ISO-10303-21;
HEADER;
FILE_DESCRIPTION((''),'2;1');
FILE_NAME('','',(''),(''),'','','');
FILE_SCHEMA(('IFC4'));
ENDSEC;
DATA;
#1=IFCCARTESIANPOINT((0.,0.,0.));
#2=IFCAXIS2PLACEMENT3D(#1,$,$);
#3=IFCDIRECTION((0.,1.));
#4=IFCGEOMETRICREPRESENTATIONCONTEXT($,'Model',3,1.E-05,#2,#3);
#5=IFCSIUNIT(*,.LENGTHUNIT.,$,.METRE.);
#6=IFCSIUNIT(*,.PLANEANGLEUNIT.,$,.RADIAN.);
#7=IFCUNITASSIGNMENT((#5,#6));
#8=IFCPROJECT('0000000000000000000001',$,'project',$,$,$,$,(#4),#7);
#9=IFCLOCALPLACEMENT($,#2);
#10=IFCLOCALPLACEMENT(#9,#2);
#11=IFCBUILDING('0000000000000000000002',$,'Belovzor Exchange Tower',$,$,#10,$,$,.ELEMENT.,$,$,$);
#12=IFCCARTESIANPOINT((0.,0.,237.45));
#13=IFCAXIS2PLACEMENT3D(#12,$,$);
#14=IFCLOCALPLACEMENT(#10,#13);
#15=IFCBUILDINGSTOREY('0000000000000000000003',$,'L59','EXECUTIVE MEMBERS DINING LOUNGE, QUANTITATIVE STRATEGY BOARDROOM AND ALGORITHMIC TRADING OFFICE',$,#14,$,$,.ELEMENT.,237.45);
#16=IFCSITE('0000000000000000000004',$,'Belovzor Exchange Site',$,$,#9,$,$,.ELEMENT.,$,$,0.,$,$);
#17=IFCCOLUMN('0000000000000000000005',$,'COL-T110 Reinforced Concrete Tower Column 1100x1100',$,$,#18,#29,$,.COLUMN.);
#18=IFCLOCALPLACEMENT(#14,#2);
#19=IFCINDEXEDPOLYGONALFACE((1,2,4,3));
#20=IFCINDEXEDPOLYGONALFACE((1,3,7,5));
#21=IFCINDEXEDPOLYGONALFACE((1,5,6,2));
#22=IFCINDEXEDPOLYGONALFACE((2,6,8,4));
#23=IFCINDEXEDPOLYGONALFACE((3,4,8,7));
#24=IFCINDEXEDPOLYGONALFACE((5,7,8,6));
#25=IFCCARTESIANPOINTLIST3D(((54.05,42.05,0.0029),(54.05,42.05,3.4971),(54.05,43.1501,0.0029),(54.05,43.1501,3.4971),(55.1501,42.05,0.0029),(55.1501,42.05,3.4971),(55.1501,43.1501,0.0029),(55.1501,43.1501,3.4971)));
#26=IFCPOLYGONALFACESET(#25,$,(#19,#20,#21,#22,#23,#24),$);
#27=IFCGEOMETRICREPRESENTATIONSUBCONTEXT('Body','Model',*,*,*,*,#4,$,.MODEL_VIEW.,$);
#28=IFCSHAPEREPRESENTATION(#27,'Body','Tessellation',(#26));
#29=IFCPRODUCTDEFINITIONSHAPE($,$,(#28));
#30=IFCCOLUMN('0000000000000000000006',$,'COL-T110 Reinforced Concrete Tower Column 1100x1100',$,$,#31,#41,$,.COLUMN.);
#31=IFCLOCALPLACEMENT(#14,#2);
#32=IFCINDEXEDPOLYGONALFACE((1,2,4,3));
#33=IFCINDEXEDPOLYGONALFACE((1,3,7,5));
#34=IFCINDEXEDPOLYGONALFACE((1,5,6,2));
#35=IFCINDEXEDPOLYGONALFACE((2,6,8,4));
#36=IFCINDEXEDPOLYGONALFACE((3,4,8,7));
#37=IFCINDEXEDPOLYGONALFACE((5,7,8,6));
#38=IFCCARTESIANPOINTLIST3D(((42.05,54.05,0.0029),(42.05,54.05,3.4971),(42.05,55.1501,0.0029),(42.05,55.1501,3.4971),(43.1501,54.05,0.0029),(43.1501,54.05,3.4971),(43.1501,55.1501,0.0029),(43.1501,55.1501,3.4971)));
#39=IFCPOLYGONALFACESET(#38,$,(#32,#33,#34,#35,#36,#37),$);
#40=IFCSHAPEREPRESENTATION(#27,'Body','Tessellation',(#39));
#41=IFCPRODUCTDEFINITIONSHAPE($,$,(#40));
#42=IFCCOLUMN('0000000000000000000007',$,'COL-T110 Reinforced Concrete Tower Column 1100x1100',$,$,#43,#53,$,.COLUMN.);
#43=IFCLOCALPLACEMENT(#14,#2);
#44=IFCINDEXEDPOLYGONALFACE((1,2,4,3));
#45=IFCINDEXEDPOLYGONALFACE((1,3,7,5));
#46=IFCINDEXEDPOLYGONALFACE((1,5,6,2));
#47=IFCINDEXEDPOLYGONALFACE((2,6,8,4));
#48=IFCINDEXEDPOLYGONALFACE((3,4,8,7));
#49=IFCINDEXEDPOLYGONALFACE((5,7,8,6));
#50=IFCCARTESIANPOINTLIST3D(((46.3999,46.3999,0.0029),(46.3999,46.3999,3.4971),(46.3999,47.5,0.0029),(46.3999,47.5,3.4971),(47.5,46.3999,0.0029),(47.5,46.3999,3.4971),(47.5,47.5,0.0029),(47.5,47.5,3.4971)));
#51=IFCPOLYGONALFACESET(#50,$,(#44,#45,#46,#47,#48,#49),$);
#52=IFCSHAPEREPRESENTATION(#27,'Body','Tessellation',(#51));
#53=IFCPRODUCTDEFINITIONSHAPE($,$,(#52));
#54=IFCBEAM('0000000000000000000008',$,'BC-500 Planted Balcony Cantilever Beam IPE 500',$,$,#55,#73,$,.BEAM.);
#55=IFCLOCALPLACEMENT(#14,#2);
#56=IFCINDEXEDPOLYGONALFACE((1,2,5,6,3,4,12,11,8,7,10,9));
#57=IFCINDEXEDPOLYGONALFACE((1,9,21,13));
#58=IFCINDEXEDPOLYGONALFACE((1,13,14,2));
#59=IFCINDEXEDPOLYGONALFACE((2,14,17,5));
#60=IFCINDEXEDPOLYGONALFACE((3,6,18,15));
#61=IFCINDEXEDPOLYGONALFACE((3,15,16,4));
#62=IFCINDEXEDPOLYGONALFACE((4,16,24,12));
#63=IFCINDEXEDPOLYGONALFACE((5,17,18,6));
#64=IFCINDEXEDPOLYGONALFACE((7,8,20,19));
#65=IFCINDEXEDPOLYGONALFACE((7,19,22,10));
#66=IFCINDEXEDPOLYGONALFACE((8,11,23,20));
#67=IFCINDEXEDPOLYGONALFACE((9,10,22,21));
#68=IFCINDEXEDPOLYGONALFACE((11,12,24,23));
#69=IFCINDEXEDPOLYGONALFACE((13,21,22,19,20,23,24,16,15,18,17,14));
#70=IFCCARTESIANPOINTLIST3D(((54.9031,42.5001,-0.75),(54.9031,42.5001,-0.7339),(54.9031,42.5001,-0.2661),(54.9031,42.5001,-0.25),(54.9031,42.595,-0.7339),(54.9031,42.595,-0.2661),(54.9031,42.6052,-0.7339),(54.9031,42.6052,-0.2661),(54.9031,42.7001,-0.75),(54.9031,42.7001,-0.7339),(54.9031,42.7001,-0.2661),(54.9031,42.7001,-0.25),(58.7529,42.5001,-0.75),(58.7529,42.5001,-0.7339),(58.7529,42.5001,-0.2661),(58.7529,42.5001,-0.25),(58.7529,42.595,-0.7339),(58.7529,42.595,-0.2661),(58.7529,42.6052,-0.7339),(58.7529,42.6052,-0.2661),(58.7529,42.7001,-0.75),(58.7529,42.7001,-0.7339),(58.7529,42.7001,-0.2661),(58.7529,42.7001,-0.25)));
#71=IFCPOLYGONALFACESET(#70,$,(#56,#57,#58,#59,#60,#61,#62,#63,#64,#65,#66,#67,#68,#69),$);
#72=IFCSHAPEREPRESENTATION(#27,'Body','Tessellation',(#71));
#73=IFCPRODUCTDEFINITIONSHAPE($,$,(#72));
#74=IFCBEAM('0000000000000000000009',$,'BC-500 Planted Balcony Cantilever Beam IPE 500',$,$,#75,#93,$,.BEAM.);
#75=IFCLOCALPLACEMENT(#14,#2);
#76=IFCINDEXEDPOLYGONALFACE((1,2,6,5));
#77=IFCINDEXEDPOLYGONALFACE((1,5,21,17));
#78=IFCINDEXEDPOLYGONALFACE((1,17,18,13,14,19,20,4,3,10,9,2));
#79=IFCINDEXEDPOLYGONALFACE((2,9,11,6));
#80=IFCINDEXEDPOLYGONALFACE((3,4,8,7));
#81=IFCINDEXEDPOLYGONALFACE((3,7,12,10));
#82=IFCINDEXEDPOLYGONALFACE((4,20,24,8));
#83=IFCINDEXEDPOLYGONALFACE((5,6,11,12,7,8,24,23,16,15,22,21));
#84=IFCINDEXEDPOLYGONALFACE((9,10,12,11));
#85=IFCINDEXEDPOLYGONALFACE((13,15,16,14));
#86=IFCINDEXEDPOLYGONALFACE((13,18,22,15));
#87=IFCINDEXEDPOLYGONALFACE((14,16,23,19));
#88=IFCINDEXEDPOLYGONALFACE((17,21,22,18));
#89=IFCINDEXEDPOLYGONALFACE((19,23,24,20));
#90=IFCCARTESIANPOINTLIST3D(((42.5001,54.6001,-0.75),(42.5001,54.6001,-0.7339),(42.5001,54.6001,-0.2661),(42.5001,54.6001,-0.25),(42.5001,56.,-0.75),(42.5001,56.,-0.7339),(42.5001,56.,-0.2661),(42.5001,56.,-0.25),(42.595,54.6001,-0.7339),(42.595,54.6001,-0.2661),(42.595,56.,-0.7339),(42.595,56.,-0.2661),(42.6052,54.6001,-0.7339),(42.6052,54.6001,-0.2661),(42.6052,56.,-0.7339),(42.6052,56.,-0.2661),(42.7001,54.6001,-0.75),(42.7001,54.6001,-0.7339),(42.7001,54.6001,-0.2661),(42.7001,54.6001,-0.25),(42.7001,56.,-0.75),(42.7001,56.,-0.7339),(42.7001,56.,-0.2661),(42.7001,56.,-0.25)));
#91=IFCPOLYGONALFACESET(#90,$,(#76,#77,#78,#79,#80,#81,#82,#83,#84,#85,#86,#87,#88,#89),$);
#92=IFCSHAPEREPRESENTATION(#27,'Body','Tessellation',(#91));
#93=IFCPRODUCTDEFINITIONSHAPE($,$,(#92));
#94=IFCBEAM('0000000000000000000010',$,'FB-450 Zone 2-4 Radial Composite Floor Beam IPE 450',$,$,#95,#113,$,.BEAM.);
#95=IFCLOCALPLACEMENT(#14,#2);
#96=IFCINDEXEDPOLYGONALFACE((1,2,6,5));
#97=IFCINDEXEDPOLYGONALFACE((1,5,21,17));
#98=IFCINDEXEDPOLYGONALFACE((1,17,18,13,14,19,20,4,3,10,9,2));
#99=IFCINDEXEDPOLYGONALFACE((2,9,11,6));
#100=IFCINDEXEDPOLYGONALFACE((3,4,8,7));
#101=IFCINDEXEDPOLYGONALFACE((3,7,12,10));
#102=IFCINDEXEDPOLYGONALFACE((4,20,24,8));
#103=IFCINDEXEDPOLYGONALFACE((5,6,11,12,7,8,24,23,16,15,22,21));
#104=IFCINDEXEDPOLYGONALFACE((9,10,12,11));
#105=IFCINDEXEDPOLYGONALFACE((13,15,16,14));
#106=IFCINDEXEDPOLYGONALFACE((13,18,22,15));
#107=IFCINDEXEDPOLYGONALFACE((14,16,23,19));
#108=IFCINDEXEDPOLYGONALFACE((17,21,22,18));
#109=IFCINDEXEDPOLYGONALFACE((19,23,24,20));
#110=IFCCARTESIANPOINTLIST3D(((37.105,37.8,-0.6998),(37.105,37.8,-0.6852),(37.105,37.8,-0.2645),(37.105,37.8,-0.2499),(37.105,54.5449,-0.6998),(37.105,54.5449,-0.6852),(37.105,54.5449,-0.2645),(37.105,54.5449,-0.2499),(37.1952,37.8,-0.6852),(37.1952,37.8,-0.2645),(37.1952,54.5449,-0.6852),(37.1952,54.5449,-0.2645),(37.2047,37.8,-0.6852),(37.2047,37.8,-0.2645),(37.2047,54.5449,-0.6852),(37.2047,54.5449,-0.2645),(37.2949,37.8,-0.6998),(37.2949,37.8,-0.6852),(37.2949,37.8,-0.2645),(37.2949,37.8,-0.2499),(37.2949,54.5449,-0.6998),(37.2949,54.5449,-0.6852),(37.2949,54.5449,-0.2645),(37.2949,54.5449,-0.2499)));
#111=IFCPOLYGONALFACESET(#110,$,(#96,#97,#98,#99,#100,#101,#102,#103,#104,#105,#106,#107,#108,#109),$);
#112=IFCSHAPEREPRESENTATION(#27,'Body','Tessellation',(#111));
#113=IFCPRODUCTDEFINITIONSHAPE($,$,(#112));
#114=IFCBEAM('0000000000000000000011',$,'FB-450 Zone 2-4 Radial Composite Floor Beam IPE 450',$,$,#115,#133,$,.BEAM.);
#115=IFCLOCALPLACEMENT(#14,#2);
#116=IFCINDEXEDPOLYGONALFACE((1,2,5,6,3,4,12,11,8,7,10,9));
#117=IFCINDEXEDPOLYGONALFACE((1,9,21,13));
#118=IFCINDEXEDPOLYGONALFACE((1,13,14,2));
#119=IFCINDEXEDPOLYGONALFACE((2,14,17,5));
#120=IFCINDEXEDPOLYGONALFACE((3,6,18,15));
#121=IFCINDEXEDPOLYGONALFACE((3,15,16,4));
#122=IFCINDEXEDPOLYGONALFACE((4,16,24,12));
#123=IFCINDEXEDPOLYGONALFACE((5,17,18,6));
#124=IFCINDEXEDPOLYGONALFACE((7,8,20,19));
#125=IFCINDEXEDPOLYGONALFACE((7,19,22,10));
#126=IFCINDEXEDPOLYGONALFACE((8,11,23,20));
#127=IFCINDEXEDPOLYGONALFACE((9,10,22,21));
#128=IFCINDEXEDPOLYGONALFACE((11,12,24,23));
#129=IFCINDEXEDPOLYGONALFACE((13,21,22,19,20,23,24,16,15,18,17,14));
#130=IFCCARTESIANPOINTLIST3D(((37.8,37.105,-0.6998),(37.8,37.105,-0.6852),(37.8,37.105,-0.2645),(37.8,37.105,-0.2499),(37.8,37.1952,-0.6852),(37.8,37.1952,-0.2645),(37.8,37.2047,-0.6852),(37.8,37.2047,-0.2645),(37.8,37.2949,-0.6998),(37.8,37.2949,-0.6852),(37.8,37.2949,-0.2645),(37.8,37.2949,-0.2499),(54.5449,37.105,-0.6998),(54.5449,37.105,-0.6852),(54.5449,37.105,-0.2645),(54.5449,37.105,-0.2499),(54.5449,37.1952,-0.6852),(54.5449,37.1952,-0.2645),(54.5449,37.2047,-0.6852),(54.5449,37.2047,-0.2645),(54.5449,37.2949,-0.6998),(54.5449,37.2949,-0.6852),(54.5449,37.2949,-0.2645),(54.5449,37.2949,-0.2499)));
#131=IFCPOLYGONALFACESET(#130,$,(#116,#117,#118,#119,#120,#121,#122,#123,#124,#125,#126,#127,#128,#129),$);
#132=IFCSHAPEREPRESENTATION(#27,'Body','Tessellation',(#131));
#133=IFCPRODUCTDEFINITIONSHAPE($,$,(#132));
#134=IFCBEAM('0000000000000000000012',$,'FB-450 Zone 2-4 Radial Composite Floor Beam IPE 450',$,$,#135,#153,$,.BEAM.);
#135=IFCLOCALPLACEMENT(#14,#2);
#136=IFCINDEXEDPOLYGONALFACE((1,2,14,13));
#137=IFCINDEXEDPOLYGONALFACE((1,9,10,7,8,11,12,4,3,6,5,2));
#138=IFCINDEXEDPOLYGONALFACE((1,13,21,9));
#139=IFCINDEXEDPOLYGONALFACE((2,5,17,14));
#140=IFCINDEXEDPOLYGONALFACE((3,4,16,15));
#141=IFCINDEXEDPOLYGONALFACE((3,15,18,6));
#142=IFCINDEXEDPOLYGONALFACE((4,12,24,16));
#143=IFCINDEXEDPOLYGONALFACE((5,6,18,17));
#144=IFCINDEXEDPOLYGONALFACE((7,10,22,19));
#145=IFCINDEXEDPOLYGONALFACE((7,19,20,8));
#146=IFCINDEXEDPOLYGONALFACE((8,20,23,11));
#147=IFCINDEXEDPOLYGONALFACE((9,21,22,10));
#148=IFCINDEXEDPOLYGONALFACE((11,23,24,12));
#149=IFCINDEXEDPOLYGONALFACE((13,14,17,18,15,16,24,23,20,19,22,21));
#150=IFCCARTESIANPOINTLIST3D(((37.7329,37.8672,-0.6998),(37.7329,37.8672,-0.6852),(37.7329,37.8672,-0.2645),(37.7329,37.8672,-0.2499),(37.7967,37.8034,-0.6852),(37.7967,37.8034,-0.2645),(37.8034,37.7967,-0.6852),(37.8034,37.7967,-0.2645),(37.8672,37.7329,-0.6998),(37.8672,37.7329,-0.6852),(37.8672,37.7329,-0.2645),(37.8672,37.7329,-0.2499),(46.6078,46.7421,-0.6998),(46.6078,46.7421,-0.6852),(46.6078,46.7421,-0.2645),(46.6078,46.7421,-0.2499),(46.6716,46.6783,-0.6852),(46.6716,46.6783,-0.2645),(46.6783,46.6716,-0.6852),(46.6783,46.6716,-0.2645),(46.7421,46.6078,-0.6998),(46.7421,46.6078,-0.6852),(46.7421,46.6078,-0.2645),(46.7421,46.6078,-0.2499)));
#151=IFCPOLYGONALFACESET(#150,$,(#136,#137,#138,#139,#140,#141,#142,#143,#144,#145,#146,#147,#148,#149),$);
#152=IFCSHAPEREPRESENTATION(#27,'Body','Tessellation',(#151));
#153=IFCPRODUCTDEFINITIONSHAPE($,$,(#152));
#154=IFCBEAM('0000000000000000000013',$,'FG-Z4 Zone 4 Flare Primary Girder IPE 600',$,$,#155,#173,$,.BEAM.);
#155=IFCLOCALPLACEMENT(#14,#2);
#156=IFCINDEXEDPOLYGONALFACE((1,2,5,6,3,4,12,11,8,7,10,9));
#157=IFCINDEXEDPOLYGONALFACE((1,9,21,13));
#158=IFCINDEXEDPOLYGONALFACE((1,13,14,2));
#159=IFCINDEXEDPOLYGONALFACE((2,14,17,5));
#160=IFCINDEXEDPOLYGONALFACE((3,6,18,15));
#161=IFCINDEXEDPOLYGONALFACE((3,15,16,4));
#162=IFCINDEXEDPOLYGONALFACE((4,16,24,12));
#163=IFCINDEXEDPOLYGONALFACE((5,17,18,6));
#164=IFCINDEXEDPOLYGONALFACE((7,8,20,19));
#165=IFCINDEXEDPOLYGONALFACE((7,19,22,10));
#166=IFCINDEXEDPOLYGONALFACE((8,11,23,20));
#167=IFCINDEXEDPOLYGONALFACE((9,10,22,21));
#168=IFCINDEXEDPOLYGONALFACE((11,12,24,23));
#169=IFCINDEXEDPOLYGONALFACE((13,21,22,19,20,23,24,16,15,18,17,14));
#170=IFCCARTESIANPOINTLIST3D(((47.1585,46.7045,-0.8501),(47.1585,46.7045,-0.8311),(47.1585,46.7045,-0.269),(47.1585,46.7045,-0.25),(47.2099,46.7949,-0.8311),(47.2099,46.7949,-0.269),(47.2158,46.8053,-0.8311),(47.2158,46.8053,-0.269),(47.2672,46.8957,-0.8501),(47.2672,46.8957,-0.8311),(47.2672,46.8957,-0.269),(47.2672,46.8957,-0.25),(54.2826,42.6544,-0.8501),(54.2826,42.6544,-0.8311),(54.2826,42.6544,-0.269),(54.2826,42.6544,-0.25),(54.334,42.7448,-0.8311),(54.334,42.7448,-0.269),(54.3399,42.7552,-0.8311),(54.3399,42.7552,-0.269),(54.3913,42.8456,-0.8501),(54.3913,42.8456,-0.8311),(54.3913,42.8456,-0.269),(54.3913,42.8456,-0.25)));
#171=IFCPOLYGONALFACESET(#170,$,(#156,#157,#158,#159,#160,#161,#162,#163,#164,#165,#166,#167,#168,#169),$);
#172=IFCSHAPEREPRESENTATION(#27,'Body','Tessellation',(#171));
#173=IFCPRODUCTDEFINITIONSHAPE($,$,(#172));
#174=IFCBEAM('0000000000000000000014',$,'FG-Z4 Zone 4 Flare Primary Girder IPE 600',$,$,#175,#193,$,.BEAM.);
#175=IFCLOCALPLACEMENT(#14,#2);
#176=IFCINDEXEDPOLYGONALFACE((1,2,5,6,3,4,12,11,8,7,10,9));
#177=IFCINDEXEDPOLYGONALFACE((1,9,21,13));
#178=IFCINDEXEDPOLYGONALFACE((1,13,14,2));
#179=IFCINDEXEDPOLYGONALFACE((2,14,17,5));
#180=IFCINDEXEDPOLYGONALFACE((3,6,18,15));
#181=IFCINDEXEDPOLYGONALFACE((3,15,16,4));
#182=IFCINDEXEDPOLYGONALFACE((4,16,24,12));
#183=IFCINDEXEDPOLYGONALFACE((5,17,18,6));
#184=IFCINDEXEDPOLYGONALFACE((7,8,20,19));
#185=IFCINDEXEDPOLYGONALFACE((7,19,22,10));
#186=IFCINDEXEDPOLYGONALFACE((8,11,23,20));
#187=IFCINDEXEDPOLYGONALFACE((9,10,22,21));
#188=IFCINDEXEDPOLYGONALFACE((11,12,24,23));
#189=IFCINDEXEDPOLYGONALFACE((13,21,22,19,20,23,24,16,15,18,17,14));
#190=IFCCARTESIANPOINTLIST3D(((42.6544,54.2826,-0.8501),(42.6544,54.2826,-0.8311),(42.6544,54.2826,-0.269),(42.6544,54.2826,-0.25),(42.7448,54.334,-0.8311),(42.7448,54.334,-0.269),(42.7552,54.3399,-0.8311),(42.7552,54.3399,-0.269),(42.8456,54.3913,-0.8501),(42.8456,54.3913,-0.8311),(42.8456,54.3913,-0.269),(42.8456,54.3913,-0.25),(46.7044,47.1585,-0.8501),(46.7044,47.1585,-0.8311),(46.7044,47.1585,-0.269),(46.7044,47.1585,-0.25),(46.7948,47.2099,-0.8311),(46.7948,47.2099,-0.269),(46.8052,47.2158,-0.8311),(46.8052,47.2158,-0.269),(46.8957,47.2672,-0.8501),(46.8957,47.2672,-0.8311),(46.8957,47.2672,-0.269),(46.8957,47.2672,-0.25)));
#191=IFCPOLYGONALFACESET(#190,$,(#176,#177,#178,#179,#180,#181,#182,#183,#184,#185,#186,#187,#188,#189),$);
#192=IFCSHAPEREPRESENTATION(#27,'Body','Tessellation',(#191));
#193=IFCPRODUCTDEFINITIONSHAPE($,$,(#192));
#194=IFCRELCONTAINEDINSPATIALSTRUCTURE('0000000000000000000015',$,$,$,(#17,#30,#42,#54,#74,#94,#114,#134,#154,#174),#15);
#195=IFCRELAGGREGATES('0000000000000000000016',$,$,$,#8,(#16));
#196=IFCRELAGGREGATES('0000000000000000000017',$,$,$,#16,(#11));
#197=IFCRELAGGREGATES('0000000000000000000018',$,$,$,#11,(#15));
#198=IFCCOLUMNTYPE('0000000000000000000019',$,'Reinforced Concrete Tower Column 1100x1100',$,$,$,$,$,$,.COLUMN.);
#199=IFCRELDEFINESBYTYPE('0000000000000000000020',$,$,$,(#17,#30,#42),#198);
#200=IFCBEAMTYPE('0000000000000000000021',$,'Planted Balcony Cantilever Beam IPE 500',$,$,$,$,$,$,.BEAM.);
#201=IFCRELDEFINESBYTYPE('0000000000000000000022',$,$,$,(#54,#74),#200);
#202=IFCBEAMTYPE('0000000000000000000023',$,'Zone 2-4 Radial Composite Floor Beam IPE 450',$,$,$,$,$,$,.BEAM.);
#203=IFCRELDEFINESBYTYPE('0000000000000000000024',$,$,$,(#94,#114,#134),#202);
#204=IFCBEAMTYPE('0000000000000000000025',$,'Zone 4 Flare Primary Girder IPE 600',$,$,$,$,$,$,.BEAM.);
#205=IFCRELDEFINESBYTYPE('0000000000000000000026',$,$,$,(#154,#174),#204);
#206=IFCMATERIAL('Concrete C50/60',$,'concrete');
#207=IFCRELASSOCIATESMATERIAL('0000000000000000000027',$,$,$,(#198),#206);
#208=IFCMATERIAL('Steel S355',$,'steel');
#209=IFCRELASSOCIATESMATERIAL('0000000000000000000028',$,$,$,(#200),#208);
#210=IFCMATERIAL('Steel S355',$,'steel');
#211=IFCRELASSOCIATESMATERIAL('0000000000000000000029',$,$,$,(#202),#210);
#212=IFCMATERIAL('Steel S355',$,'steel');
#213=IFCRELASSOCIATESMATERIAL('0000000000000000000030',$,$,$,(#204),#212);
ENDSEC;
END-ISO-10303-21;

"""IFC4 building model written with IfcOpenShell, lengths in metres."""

from ifc_helpers import new_model, si_unit, direction, frame, origin, origin_2d, place, context, subcontext, project, spatial, rectangle, i_section, extrude, material, material_profile, profile_set, type_object, element, save


model = new_model("IFC4")

# Units and contexts
model_context = context("Model", 3, precision=1e-05, world=origin(), true_north=direction((0.0, 1.0)))
body_context = subcontext(model_context, "Body", "Model", "MODEL_VIEW")
ifc_project = project(units=[si_unit("LENGTHUNIT", "METRE"), si_unit("PLANEANGLEUNIT", "RADIAN")], contexts=[model_context])

# Site, building, storey
site_placement = place(None, origin())
site = spatial("IfcSite", under=ifc_project, at=site_placement, Name="Belovzor Exchange Site", CompositionType="ELEMENT", RefElevation=0.0)
building_placement = place(site_placement, origin())
building = spatial("IfcBuilding", under=site, at=building_placement, Name="Belovzor Exchange Tower", CompositionType="ELEMENT")
storey_placement = place(building_placement, frame((0.0, 0.0, 237.45)))
storey = spatial("IfcBuildingStorey", under=building, at=storey_placement, Name="L59", Description="EXECUTIVE MEMBERS DINING LOUNGE, QUANTITATIVE STRATEGY BOARDROOM AND ALGORITHMIC TRADING OFFICE", CompositionType="ELEMENT", Elevation=237.45)

# Columns
ifc_material_1 = material(Name="Concrete C50/60", Category="concrete")
ifc_material_profile_1 = material_profile(ifc_material_1, rectangle(XDim=1.1001, YDim=1.1001, at=origin_2d()))
ifc_profile_set_1 = profile_set([ifc_material_profile_1], Name="Concrete C50/60")
column_type = type_object("IfcColumnType", Name="Reinforced Concrete Tower Column 1100x1100", PredefinedType="COLUMN", material=ifc_profile_set_1)
for number, where, z_axis, x_axis, name in (
    (1, (54.6001, 42.6001, 0.0029), (0.0, 0.0, 1.0), (1.0, 0.0, 0.0), "COL-T110 Reinforced Concrete Tower Column 1100x1100"),
    (2, (42.6001, 54.6001, 0.0029), (0.0, 0.0, 1.0), (1.0, 0.0, 0.0), "COL-T110 Reinforced Concrete Tower Column 1100x1100"),
    (3, (46.95, 46.95, 0.0029), (0.0, 0.0, 1.0), (1.0, 0.0, 0.0), "COL-T110 Reinforced Concrete Tower Column 1100x1100"),
):
    element("IfcColumn", number, at=place(storey_placement, frame(where, z_axis=z_axis, x_axis=x_axis)), inside=storey, type_object=column_type, Name=name, PredefinedType="COLUMN", context=body_context, shape_type="SweptSolid", body=[
        extrude(rectangle(XDim=1.1001, YDim=1.1001, at=origin_2d()), origin(), (0.0, 0.0, 1.0), 3.4941),
    ])

# Beams
ifc_material_2 = material(Name="Steel S355", Category="steel")
ifc_material_profile_2 = material_profile(ifc_material_2, i_section(OverallWidth=0.2, OverallDepth=0.5, WebThickness=0.0103, FlangeThickness=0.0161, at=origin_2d()))
ifc_profile_set_2 = profile_set([ifc_material_profile_2], Name="Steel S355")
beam_type_1 = type_object("IfcBeamType", Name="Planted Balcony Cantilever Beam IPE 500", PredefinedType="BEAM", material=ifc_profile_set_2)
beam_1_placement = place(storey_placement, frame((54.9031, 42.6001, -0.5), z_axis=(1.0, 0.0, 0.0), x_axis=(0.0, 1.0, 0.0)))
element("IfcBeam", 4, at=beam_1_placement, inside=storey, type_object=beam_type_1, Name="BC-500 Planted Balcony Cantilever Beam IPE 500", PredefinedType="BEAM", context=body_context, shape_type="SweptSolid", body=[
    extrude(i_section(OverallWidth=0.2, OverallDepth=0.5, WebThickness=0.0103, FlangeThickness=0.0161, at=origin_2d()), origin(), (0.0, 0.0, 1.0), 3.8499),
])
beam_2_placement = place(storey_placement, frame((42.6001, 54.6001, -0.5), z_axis=(0.0, 1.0, 0.0), x_axis=(-1.0, 0.0, 0.0)))
element("IfcBeam", 5, at=beam_2_placement, inside=storey, type_object=beam_type_1, Name="BC-500 Planted Balcony Cantilever Beam IPE 500", PredefinedType="BEAM", context=body_context, shape_type="SweptSolid", body=[
    extrude(i_section(OverallWidth=0.2, OverallDepth=0.5, WebThickness=0.0103, FlangeThickness=0.0161, at=origin_2d()), origin(), (0.0, 0.0, 1.0), 1.3999),
])
ifc_material_3 = material(Name="Steel S355", Category="steel")
ifc_material_profile_3 = material_profile(ifc_material_3, i_section(OverallWidth=0.1899, OverallDepth=0.45, WebThickness=0.0095, FlangeThickness=0.0146, at=origin_2d()))
ifc_profile_set_3 = profile_set([ifc_material_profile_3], Name="Steel S355")
beam_type_2 = type_object("IfcBeamType", Name="Zone 2-4 Radial Composite Floor Beam IPE 450", PredefinedType="BEAM", material=ifc_profile_set_3)
for number, where, z_axis, x_axis, name in (
    (6, (37.2, 37.8, -0.4749), (0.0, 1.0, 0.0), (-1.0, 0.0, 0.0), "FB-450 Zone 2-4 Radial Composite Floor Beam IPE 450"),
    (7, (37.8, 37.2, -0.4749), (1.0, 0.0, 0.0), (0.0, 1.0, 0.0), "FB-450 Zone 2-4 Radial Composite Floor Beam IPE 450"),
):
    element("IfcBeam", number, at=place(storey_placement, frame(where, z_axis=z_axis, x_axis=x_axis)), inside=storey, type_object=beam_type_2, Name=name, PredefinedType="BEAM", context=body_context, shape_type="SweptSolid", body=[
        extrude(i_section(OverallWidth=0.1899, OverallDepth=0.45, WebThickness=0.0095, FlangeThickness=0.0146, at=origin_2d()), origin(), (0.0, 0.0, 1.0), 16.7449),
    ])
beam_3_placement = place(storey_placement, frame((37.8, 37.8, -0.4749), z_axis=(0.707107, 0.707107, 0.0), x_axis=(-0.707107, 0.707107, 0.0)))
element("IfcBeam", 8, at=beam_3_placement, inside=storey, type_object=beam_type_2, Name="FB-450 Zone 2-4 Radial Composite Floor Beam IPE 450", PredefinedType="BEAM", context=body_context, shape_type="SweptSolid", body=[
    extrude(i_section(OverallWidth=0.1899, OverallDepth=0.45, WebThickness=0.0095, FlangeThickness=0.0146, at=origin_2d()), origin(), (0.0, 0.0, 1.0), 12.551),
])
ifc_material_4 = material(Name="Steel S355", Category="steel")
ifc_material_profile_4 = material_profile(ifc_material_4, i_section(OverallWidth=0.22, OverallDepth=0.6001, WebThickness=0.012, FlangeThickness=0.019, at=origin_2d()))
ifc_profile_set_4 = profile_set([ifc_material_profile_4], Name="Steel S355")
beam_type_3 = type_object("IfcBeamType", Name="Zone 4 Flare Primary Girder IPE 600", PredefinedType="BEAM", material=ifc_profile_set_4)
for number, where, z_axis, x_axis, name in (
    (9, (54.3369, 42.75, -0.55), (-0.869336, 0.494222, 0.0), (-0.494222, -0.869336, 0.0), "FG-Z4 Zone 4 Flare Primary Girder IPE 600"),
    (10, (46.8, 47.2129, -0.55), (-0.494222, 0.869336, 0.0), (-0.869336, -0.494222, 0.0), "FG-Z4 Zone 4 Flare Primary Girder IPE 600"),
):
    element("IfcBeam", number, at=place(storey_placement, frame(where, z_axis=z_axis, x_axis=x_axis)), inside=storey, type_object=beam_type_3, Name=name, PredefinedType="BEAM", context=body_context, shape_type="SweptSolid", body=[
        extrude(i_section(OverallWidth=0.22, OverallDepth=0.6001, WebThickness=0.012, FlangeThickness=0.019, at=origin_2d()), origin(), (0.0, 0.0, 1.0), 8.1948),
    ])

save(model, "model.ifc")
